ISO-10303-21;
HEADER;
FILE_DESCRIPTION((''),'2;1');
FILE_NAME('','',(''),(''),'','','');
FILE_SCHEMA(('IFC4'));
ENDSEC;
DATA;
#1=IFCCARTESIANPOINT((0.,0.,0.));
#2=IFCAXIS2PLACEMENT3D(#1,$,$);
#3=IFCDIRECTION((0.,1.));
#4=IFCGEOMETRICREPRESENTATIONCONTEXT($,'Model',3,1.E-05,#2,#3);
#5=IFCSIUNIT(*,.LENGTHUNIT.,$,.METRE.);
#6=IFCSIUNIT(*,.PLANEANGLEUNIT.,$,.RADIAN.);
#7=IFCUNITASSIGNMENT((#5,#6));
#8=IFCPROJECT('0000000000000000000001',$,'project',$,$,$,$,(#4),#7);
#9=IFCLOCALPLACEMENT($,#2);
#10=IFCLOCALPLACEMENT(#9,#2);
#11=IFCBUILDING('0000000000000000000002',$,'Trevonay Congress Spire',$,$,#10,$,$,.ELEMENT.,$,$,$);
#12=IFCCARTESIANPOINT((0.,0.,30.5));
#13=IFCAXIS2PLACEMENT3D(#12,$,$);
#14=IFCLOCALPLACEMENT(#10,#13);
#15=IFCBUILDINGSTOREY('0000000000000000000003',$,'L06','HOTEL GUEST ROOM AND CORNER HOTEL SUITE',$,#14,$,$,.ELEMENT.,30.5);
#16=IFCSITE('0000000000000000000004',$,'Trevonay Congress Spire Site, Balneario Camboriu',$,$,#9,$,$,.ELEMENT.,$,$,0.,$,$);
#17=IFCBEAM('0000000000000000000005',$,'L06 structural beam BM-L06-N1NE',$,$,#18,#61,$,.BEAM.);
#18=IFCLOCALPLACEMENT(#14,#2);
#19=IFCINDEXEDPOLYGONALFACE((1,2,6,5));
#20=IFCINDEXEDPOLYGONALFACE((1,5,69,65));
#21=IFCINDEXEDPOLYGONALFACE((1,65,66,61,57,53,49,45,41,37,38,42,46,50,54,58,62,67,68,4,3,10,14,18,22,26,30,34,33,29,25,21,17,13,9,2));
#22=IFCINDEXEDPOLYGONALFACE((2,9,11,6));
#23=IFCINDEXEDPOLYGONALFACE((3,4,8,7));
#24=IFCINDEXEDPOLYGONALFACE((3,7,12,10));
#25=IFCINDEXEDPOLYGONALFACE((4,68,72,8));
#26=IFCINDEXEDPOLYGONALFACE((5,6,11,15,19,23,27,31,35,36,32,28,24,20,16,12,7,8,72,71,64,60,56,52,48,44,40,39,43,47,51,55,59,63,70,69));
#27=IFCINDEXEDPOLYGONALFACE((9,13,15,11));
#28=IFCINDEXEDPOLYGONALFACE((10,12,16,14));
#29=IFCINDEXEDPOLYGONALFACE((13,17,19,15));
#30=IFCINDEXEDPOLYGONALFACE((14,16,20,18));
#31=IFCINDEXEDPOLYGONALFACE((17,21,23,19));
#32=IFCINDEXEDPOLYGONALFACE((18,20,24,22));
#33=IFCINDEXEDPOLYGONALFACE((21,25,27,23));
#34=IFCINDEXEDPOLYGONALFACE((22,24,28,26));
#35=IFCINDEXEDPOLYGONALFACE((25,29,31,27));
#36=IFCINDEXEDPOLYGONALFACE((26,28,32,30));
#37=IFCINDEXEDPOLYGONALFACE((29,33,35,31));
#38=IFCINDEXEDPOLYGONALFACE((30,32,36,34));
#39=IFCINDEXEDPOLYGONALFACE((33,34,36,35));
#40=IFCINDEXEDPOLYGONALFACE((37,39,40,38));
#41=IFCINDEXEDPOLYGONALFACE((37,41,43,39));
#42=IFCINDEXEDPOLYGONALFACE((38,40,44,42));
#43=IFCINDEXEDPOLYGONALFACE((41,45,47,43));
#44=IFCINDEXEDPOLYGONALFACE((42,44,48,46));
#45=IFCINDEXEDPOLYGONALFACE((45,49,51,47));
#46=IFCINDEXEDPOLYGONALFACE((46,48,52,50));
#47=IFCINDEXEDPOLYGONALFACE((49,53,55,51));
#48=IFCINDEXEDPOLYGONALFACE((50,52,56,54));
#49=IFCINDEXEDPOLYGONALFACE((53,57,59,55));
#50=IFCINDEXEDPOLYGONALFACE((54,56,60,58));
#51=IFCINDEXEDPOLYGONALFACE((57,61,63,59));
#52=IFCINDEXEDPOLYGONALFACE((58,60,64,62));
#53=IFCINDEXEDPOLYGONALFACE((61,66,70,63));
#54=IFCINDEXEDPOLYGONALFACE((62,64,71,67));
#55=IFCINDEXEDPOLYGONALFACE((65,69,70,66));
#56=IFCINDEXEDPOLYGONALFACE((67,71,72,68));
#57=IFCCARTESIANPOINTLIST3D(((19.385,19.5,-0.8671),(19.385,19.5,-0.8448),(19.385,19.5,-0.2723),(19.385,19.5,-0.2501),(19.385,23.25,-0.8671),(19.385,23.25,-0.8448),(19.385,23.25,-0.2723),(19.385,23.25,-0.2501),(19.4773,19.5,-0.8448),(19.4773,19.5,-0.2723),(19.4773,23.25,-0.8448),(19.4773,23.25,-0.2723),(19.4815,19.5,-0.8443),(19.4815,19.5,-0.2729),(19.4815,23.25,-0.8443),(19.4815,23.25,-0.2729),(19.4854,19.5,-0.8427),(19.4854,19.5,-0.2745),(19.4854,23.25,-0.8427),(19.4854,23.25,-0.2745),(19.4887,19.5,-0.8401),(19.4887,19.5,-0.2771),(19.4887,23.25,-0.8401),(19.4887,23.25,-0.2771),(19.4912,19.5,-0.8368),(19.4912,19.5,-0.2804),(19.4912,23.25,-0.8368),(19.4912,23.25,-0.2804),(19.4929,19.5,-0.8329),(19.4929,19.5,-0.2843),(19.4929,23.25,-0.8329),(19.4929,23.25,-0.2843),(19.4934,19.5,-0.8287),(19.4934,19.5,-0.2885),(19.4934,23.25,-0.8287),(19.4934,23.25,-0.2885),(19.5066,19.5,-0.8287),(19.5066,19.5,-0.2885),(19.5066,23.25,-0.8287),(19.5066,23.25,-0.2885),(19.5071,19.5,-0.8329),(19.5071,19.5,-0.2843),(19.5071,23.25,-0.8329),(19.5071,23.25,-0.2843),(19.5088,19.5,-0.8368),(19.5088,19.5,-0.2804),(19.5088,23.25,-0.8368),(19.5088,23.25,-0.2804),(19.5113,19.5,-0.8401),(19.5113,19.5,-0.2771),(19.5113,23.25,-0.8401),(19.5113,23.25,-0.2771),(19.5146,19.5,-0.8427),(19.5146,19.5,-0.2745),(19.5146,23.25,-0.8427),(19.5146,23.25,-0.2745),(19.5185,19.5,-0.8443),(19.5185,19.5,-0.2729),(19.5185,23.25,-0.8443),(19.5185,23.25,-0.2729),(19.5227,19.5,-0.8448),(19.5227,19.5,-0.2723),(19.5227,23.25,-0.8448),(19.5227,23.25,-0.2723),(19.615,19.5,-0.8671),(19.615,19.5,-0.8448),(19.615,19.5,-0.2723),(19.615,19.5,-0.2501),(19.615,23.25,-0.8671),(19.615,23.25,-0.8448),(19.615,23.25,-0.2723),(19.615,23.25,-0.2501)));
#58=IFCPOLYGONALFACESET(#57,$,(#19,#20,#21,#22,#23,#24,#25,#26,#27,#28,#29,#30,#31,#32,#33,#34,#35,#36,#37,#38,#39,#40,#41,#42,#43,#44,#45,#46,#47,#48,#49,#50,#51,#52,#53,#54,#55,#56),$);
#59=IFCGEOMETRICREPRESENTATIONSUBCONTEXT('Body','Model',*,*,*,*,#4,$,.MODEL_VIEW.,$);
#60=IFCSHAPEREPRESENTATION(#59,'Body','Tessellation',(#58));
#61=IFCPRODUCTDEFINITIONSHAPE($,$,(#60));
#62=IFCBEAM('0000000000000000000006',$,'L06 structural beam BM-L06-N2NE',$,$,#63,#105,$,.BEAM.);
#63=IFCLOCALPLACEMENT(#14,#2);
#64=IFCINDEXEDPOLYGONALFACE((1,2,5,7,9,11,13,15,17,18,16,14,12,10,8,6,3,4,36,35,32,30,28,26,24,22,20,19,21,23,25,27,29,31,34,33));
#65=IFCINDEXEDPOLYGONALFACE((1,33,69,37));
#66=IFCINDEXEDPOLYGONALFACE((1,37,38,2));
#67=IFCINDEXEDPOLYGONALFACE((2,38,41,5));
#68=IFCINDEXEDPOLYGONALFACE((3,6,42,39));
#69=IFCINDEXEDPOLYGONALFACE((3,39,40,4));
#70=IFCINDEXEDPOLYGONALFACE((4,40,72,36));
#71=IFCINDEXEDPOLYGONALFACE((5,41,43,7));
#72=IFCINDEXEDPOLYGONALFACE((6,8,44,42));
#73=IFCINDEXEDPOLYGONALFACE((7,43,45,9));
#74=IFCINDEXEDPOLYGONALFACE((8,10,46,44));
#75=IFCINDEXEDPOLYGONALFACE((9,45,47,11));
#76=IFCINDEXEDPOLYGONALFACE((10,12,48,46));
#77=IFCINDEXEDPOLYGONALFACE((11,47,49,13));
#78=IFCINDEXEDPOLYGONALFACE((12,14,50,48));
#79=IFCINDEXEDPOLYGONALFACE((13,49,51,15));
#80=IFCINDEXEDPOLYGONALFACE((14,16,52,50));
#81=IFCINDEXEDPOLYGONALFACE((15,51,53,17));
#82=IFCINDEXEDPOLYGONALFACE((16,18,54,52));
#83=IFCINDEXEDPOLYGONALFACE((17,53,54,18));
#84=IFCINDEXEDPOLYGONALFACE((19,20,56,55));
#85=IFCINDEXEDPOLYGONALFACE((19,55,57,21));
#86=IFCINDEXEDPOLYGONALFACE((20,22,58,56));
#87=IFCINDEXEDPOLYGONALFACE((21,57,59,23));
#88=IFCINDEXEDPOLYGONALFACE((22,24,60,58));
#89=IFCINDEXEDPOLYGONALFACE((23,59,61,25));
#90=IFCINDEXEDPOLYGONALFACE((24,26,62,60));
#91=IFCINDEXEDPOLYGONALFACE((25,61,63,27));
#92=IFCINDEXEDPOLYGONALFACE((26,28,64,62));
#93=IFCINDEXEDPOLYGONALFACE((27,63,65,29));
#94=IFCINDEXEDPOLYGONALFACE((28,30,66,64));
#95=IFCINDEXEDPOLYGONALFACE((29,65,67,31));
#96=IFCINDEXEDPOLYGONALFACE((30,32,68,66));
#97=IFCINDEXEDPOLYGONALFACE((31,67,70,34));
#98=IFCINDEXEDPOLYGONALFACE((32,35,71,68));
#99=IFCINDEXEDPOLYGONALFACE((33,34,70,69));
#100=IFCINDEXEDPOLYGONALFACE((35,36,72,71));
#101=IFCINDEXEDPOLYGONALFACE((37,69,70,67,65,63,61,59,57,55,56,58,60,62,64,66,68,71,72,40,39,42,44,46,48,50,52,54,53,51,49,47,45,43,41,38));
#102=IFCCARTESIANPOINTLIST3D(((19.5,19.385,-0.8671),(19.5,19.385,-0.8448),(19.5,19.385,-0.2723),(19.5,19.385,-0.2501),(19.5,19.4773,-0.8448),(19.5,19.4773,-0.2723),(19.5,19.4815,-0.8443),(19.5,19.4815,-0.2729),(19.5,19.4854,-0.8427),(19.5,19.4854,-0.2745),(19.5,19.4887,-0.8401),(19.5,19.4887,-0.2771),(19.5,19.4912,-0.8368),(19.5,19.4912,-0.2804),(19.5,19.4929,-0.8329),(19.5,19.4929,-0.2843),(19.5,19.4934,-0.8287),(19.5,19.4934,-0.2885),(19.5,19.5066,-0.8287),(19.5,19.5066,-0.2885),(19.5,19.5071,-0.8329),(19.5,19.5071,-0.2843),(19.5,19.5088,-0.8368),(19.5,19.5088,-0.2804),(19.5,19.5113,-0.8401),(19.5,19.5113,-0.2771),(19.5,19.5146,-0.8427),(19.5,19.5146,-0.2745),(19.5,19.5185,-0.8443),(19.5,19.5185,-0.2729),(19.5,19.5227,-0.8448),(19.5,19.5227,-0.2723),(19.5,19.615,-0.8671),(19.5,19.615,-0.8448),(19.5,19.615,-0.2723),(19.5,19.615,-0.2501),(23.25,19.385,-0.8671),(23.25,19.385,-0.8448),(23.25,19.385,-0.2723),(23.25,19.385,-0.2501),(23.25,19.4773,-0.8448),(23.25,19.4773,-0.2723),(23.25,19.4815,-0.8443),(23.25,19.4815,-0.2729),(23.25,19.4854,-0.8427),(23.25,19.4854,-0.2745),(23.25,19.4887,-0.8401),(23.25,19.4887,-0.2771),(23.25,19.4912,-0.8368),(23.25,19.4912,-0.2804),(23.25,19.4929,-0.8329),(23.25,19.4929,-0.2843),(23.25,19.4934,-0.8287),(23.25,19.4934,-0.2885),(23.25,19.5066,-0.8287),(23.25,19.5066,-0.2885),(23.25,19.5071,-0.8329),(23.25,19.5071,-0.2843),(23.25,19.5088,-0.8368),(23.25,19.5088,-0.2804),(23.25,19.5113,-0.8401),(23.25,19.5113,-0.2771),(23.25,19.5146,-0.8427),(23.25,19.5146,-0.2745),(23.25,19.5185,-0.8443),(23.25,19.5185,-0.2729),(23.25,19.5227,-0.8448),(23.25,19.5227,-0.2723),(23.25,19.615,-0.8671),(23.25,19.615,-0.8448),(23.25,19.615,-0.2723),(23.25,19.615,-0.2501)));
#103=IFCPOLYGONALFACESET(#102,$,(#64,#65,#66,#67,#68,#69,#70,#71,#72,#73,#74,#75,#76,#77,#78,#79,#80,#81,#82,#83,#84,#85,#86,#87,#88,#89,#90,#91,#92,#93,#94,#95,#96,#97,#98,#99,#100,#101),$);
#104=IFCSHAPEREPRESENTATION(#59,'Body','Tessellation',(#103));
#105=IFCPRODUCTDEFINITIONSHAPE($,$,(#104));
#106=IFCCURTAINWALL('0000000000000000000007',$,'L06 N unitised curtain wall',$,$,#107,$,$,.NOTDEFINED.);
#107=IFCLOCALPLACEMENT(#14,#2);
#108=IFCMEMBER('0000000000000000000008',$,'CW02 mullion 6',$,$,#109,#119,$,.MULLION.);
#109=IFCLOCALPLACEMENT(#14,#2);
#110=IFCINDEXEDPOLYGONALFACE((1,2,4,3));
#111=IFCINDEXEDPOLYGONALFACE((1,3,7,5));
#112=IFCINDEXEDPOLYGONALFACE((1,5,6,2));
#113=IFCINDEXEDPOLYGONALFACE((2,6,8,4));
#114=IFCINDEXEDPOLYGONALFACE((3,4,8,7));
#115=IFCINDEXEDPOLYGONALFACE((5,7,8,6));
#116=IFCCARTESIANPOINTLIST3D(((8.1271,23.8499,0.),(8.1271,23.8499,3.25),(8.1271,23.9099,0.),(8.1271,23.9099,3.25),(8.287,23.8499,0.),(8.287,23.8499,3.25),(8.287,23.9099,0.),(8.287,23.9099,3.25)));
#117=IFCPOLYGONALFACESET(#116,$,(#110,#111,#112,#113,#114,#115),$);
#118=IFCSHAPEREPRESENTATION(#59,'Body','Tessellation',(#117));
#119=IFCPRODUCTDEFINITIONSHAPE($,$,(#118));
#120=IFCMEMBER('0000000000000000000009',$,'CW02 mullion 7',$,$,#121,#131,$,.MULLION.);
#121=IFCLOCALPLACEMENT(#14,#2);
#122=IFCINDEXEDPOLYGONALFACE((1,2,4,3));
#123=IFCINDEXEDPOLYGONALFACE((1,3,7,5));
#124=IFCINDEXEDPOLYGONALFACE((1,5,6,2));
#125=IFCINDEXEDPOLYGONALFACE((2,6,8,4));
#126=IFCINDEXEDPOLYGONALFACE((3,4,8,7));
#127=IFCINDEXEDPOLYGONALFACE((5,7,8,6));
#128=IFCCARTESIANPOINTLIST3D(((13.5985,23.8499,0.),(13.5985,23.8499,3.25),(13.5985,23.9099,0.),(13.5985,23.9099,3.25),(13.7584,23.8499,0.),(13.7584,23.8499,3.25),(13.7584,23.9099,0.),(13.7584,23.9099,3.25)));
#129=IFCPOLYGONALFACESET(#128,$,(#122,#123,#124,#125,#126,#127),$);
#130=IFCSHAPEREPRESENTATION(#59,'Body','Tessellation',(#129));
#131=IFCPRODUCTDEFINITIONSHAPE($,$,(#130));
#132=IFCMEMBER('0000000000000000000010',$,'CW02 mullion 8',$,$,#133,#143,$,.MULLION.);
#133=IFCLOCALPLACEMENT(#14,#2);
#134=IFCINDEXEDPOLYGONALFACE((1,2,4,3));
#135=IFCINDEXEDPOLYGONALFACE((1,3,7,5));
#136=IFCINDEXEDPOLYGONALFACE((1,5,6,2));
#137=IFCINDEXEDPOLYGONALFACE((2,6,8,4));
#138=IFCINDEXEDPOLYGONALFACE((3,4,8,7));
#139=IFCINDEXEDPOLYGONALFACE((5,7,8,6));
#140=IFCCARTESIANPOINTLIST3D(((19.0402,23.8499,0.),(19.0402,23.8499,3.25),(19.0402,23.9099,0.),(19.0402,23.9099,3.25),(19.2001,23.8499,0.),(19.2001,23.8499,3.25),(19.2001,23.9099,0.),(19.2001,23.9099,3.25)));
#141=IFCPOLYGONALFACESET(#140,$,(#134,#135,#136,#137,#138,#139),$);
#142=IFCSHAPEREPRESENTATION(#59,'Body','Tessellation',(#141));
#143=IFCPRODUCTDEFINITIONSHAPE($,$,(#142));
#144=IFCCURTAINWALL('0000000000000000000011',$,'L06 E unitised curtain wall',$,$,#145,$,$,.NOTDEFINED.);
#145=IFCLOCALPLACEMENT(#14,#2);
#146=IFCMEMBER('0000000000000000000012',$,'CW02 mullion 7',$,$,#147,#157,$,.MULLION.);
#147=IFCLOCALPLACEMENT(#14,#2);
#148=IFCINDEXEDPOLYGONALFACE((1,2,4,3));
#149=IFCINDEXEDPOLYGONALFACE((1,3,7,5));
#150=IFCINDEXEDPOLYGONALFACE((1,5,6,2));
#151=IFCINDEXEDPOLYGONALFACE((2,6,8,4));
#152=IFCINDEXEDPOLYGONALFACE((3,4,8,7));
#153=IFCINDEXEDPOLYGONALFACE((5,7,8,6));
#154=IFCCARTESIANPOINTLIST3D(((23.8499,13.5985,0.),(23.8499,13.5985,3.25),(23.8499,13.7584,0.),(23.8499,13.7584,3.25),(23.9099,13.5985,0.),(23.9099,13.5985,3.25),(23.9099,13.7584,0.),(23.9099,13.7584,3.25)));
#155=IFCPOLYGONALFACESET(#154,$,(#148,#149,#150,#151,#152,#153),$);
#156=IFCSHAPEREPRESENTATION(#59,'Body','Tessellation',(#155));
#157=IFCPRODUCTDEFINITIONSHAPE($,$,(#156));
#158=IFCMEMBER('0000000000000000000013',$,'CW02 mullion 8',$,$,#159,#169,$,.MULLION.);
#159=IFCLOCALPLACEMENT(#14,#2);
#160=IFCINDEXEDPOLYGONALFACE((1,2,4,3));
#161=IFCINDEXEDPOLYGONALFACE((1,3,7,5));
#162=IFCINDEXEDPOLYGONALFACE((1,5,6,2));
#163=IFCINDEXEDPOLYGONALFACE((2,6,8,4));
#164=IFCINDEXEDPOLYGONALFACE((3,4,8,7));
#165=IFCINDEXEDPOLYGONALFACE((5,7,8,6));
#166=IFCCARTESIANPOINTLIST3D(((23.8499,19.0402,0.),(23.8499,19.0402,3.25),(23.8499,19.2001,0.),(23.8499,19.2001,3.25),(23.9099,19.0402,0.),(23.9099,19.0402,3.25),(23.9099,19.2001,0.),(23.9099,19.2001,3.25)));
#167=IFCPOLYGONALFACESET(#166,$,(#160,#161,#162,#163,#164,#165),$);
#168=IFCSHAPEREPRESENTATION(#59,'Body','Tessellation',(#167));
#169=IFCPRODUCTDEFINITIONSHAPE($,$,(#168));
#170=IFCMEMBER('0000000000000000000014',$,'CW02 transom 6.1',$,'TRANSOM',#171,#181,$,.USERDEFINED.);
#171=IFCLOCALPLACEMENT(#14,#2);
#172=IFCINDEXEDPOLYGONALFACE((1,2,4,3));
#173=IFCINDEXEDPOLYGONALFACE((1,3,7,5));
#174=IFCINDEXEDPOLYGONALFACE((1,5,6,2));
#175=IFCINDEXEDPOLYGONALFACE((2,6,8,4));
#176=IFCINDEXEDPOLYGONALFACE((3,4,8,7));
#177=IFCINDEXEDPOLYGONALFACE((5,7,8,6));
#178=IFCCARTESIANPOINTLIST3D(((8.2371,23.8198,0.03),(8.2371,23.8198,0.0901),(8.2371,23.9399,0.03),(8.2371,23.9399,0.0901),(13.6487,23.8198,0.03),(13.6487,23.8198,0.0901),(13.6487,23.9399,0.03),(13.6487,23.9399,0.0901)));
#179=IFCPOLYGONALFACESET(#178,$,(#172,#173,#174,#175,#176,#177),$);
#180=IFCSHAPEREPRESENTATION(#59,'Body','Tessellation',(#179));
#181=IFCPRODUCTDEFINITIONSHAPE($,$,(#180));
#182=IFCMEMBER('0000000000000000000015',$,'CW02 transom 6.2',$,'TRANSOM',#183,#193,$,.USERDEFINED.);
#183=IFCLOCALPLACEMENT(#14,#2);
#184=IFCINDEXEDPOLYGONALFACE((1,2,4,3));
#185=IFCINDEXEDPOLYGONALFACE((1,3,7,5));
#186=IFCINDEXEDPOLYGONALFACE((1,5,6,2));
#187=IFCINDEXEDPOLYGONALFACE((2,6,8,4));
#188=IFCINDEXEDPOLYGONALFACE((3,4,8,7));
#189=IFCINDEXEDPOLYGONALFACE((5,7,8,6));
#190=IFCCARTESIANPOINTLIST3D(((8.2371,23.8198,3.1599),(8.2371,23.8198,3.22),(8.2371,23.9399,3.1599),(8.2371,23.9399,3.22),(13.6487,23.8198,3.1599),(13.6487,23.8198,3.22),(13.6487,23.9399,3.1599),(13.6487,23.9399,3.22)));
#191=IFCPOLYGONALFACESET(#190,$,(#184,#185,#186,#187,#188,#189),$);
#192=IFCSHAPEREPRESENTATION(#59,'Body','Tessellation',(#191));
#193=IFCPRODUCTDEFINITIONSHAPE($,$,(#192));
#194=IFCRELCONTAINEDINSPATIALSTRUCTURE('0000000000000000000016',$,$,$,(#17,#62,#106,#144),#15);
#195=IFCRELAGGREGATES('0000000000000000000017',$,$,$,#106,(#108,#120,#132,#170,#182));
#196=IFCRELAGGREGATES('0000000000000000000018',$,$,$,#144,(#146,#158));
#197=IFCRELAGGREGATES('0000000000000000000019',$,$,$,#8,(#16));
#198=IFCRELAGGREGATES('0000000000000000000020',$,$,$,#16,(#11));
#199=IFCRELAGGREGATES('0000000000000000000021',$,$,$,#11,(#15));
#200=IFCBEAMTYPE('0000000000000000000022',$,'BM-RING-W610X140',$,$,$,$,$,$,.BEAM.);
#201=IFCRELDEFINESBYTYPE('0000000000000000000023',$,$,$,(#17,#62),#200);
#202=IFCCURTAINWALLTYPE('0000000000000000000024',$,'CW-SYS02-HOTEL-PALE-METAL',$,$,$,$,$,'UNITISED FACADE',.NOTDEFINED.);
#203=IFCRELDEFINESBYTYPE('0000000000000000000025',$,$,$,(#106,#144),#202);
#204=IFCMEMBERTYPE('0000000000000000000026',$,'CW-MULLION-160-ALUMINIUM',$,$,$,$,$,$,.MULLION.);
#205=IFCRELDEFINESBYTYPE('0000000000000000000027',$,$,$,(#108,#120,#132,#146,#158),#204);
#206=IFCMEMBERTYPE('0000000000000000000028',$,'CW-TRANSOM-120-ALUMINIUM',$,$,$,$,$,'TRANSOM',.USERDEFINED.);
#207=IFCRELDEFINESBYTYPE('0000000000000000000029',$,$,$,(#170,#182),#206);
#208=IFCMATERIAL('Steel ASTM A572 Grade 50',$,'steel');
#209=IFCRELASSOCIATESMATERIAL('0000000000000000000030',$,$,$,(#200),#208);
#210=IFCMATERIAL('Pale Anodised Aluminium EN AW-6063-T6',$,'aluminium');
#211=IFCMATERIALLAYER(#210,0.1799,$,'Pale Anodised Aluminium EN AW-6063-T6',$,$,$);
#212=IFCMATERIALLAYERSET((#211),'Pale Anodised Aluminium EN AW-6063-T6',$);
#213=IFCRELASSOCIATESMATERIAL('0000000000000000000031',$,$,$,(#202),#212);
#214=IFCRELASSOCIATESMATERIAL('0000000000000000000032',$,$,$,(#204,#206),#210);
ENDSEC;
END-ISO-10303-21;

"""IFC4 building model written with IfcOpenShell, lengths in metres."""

from ifc_helpers import new_model, si_unit, direction, frame, origin, origin_2d, place, context, subcontext, project, spatial, rectangle, i_section, extrude, material, layer, layer_set, material_profile, profile_set, type_object, element, aggregate, save


model = new_model("IFC4")

# Units and contexts
model_context = context("Model", 3, precision=1e-05, world=origin(), true_north=direction((0.0, 1.0)))
body_context = subcontext(model_context, "Body", "Model", "MODEL_VIEW")
ifc_project = project(units=[si_unit("LENGTHUNIT", "METRE"), si_unit("PLANEANGLEUNIT", "RADIAN")], contexts=[model_context])

# Site, building, storey
site_placement = place(None, origin())
site = spatial("IfcSite", under=ifc_project, at=site_placement, Name="Trevonay Congress Spire Site, Balneario Camboriu", CompositionType="ELEMENT", RefElevation=0.0)
building_placement = place(site_placement, origin())
building = spatial("IfcBuilding", under=site, at=building_placement, Name="Trevonay Congress Spire", CompositionType="ELEMENT")
storey_placement = place(building_placement, frame((0.0, 0.0, 30.5)))
storey = spatial("IfcBuildingStorey", under=building, at=storey_placement, Name="L06", Description="HOTEL GUEST ROOM AND CORNER HOTEL SUITE", CompositionType="ELEMENT", Elevation=30.5)

# Shared definitions
ifc_material_1 = material(Name="Steel ASTM A572 Grade 50", Category="steel")

# Beams
ifc_material_profile_1 = material_profile(ifc_material_1, i_section(OverallWidth=0.23, OverallDepth=0.6169, WebThickness=0.0132, FlangeThickness=0.0222, FilletRadius=0.0161, at=origin_2d()), Name="W610x140")
ifc_profile_set_1 = profile_set([ifc_material_profile_1], Name="Steel ASTM A572 Grade 50")
beam_type = type_object("IfcBeamType", Name="BM-RING-W610X140", PredefinedType="BEAM", material=ifc_profile_set_1)
for number, where, z_axis, x_axis, name in (
    (1, (19.5, 23.25, -0.5586), (0.0, -1.0, 0.0), (1.0, 0.0, 0.0), "L06 structural beam BM-L06-N1NE"),
    (2, (23.25, 19.5, -0.5586), (-1.0, 0.0, 0.0), (0.0, -1.0, 0.0), "L06 structural beam BM-L06-N2NE"),
):
    element("IfcBeam", number, at=place(storey_placement, frame(where, z_axis=z_axis, x_axis=x_axis)), inside=storey, type_object=beam_type, Name=name, PredefinedType="BEAM", context=body_context, shape_type="SweptSolid", body=[
        extrude(i_section(OverallWidth=0.23, OverallDepth=0.6169, WebThickness=0.0132, FlangeThickness=0.0222, FilletRadius=0.0161, at=origin_2d()), origin(), (0.0, 0.0, 1.0), 3.75),
    ])

# Curtain walls, members
ifc_material_2 = material(Name="Pale Anodised Aluminium EN AW-6063-T6", Category="aluminium")
ifc_layer_1 = layer(ifc_material_2, 0.1799, Name="Pale Anodised Aluminium EN AW-6063-T6")
ifc_layer_set_1 = layer_set([ifc_layer_1], Name="Pale Anodised Aluminium EN AW-6063-T6")
curtain_wall_type = type_object("IfcCurtainWallType", Name="CW-SYS02-HOTEL-PALE-METAL", ElementType="UNITISED FACADE", PredefinedType="NOTDEFINED", material=ifc_layer_set_1)
curtain_wall_1_placement = place(storey_placement, origin())
curtain_wall_1 = element("IfcCurtainWall", 3, at=curtain_wall_1_placement, inside=storey, type_object=curtain_wall_type, Name="L06 N unitised curtain wall", PredefinedType="NOTDEFINED")
ifc_material_profile_2 = material_profile(ifc_material_2, rectangle(XDim=0.0601, YDim=0.1599, at=origin_2d()), Name="CW-MULLION-160-ALUMINIUM")
ifc_profile_set_2 = profile_set([ifc_material_profile_2], Name="Pale Anodised Aluminium EN AW-6063-T6")
member_type_1 = type_object("IfcMemberType", Name="CW-MULLION-160-ALUMINIUM", PredefinedType="MULLION", material=ifc_profile_set_2)
member_1_placement = place(storey_placement, frame((8.207, 23.8799, 0.0), z_axis=(0.0, 0.0, 1.0), x_axis=(0.0, 1.0, 0.0)))
member_1 = element("IfcMember", 4, at=member_1_placement, type_object=member_type_1, Name="CW02 mullion 6", PredefinedType="MULLION", context=body_context, shape_type="SweptSolid", body=[
    extrude(rectangle(XDim=0.0601, YDim=0.1599, at=origin_2d()), origin(), (0.0, 0.0, 1.0), 3.25),
])
member_2_placement = place(storey_placement, frame((13.6785, 23.8799, 0.0), z_axis=(0.0, 0.0, 1.0), x_axis=(0.0, 1.0, 0.0)))
member_2 = element("IfcMember", 5, at=member_2_placement, type_object=member_type_1, Name="CW02 mullion 7", PredefinedType="MULLION", context=body_context, shape_type="SweptSolid", body=[
    extrude(rectangle(XDim=0.0601, YDim=0.1599, at=origin_2d()), origin(), (0.0, 0.0, 1.0), 3.25),
])
member_3_placement = place(storey_placement, frame((19.1201, 23.8799, 0.0), z_axis=(0.0, 0.0, 1.0), x_axis=(0.0, 1.0, 0.0)))
member_3 = element("IfcMember", 6, at=member_3_placement, type_object=member_type_1, Name="CW02 mullion 8", PredefinedType="MULLION", context=body_context, shape_type="SweptSolid", body=[
    extrude(rectangle(XDim=0.0601, YDim=0.1599, at=origin_2d()), origin(), (0.0, 0.0, 1.0), 3.25),
])
curtain_wall_2_placement = place(storey_placement, origin())
curtain_wall_2 = element("IfcCurtainWall", 7, at=curtain_wall_2_placement, inside=storey, type_object=curtain_wall_type, Name="L06 E unitised curtain wall", PredefinedType="NOTDEFINED")
member_4_placement = place(storey_placement, frame((23.8799, 13.6785, 0.0), z_axis=(0.0, 0.0, 1.0), x_axis=(-1.0, 0.0, 0.0)))
member_4 = element("IfcMember", 8, at=member_4_placement, type_object=member_type_1, Name="CW02 mullion 7", PredefinedType="MULLION", context=body_context, shape_type="SweptSolid", body=[
    extrude(rectangle(XDim=0.0601, YDim=0.1599, at=origin_2d()), origin(), (0.0, 0.0, 1.0), 3.25),
])
member_5_placement = place(storey_placement, frame((23.8799, 19.1201, 0.0), z_axis=(0.0, 0.0, 1.0), x_axis=(-1.0, 0.0, 0.0)))
member_5 = element("IfcMember", 9, at=member_5_placement, type_object=member_type_1, Name="CW02 mullion 8", PredefinedType="MULLION", context=body_context, shape_type="SweptSolid", body=[
    extrude(rectangle(XDim=0.0601, YDim=0.1599, at=origin_2d()), origin(), (0.0, 0.0, 1.0), 3.25),
])

# Members
ifc_material_profile_3 = material_profile(ifc_material_2, rectangle(XDim=0.1201, YDim=0.0601, at=origin_2d()), Name="CW-TRANSOM-120-ALUMINIUM")
ifc_profile_set_3 = profile_set([ifc_material_profile_3], Name="Pale Anodised Aluminium EN AW-6063-T6")
member_type_2 = type_object("IfcMemberType", Name="CW-TRANSOM-120-ALUMINIUM", ElementType="TRANSOM", PredefinedType="USERDEFINED", material=ifc_profile_set_3)
member_6_placement = place(storey_placement, frame((8.2371, 23.8799, 0.0601), z_axis=(1.0, 0.0, 0.0), x_axis=(0.0, 1.0, 0.0)))
member_6 = element("IfcMember", 10, at=member_6_placement, type_object=member_type_2, Name="CW02 transom 6.1", ObjectType="TRANSOM", PredefinedType="USERDEFINED", context=body_context, shape_type="SweptSolid", body=[
    extrude(rectangle(XDim=0.1201, YDim=0.0601, at=origin_2d()), origin(), (0.0, 0.0, 1.0), 5.4116),
])
member_7_placement = place(storey_placement, frame((8.2371, 23.8799, 3.1899), z_axis=(1.0, 0.0, 0.0), x_axis=(0.0, 1.0, 0.0)))
member_7 = element("IfcMember", 11, at=member_7_placement, type_object=member_type_2, Name="CW02 transom 6.2", ObjectType="TRANSOM", PredefinedType="USERDEFINED", context=body_context, shape_type="SweptSolid", body=[
    extrude(rectangle(XDim=0.1201, YDim=0.0601, at=origin_2d()), origin(), (0.0, 0.0, 1.0), 5.4116),
])

aggregate(curtain_wall_1, [member_1, member_2, member_3, member_6, member_7])
aggregate(curtain_wall_2, [member_4, member_5])

save(model, "model.ifc")
